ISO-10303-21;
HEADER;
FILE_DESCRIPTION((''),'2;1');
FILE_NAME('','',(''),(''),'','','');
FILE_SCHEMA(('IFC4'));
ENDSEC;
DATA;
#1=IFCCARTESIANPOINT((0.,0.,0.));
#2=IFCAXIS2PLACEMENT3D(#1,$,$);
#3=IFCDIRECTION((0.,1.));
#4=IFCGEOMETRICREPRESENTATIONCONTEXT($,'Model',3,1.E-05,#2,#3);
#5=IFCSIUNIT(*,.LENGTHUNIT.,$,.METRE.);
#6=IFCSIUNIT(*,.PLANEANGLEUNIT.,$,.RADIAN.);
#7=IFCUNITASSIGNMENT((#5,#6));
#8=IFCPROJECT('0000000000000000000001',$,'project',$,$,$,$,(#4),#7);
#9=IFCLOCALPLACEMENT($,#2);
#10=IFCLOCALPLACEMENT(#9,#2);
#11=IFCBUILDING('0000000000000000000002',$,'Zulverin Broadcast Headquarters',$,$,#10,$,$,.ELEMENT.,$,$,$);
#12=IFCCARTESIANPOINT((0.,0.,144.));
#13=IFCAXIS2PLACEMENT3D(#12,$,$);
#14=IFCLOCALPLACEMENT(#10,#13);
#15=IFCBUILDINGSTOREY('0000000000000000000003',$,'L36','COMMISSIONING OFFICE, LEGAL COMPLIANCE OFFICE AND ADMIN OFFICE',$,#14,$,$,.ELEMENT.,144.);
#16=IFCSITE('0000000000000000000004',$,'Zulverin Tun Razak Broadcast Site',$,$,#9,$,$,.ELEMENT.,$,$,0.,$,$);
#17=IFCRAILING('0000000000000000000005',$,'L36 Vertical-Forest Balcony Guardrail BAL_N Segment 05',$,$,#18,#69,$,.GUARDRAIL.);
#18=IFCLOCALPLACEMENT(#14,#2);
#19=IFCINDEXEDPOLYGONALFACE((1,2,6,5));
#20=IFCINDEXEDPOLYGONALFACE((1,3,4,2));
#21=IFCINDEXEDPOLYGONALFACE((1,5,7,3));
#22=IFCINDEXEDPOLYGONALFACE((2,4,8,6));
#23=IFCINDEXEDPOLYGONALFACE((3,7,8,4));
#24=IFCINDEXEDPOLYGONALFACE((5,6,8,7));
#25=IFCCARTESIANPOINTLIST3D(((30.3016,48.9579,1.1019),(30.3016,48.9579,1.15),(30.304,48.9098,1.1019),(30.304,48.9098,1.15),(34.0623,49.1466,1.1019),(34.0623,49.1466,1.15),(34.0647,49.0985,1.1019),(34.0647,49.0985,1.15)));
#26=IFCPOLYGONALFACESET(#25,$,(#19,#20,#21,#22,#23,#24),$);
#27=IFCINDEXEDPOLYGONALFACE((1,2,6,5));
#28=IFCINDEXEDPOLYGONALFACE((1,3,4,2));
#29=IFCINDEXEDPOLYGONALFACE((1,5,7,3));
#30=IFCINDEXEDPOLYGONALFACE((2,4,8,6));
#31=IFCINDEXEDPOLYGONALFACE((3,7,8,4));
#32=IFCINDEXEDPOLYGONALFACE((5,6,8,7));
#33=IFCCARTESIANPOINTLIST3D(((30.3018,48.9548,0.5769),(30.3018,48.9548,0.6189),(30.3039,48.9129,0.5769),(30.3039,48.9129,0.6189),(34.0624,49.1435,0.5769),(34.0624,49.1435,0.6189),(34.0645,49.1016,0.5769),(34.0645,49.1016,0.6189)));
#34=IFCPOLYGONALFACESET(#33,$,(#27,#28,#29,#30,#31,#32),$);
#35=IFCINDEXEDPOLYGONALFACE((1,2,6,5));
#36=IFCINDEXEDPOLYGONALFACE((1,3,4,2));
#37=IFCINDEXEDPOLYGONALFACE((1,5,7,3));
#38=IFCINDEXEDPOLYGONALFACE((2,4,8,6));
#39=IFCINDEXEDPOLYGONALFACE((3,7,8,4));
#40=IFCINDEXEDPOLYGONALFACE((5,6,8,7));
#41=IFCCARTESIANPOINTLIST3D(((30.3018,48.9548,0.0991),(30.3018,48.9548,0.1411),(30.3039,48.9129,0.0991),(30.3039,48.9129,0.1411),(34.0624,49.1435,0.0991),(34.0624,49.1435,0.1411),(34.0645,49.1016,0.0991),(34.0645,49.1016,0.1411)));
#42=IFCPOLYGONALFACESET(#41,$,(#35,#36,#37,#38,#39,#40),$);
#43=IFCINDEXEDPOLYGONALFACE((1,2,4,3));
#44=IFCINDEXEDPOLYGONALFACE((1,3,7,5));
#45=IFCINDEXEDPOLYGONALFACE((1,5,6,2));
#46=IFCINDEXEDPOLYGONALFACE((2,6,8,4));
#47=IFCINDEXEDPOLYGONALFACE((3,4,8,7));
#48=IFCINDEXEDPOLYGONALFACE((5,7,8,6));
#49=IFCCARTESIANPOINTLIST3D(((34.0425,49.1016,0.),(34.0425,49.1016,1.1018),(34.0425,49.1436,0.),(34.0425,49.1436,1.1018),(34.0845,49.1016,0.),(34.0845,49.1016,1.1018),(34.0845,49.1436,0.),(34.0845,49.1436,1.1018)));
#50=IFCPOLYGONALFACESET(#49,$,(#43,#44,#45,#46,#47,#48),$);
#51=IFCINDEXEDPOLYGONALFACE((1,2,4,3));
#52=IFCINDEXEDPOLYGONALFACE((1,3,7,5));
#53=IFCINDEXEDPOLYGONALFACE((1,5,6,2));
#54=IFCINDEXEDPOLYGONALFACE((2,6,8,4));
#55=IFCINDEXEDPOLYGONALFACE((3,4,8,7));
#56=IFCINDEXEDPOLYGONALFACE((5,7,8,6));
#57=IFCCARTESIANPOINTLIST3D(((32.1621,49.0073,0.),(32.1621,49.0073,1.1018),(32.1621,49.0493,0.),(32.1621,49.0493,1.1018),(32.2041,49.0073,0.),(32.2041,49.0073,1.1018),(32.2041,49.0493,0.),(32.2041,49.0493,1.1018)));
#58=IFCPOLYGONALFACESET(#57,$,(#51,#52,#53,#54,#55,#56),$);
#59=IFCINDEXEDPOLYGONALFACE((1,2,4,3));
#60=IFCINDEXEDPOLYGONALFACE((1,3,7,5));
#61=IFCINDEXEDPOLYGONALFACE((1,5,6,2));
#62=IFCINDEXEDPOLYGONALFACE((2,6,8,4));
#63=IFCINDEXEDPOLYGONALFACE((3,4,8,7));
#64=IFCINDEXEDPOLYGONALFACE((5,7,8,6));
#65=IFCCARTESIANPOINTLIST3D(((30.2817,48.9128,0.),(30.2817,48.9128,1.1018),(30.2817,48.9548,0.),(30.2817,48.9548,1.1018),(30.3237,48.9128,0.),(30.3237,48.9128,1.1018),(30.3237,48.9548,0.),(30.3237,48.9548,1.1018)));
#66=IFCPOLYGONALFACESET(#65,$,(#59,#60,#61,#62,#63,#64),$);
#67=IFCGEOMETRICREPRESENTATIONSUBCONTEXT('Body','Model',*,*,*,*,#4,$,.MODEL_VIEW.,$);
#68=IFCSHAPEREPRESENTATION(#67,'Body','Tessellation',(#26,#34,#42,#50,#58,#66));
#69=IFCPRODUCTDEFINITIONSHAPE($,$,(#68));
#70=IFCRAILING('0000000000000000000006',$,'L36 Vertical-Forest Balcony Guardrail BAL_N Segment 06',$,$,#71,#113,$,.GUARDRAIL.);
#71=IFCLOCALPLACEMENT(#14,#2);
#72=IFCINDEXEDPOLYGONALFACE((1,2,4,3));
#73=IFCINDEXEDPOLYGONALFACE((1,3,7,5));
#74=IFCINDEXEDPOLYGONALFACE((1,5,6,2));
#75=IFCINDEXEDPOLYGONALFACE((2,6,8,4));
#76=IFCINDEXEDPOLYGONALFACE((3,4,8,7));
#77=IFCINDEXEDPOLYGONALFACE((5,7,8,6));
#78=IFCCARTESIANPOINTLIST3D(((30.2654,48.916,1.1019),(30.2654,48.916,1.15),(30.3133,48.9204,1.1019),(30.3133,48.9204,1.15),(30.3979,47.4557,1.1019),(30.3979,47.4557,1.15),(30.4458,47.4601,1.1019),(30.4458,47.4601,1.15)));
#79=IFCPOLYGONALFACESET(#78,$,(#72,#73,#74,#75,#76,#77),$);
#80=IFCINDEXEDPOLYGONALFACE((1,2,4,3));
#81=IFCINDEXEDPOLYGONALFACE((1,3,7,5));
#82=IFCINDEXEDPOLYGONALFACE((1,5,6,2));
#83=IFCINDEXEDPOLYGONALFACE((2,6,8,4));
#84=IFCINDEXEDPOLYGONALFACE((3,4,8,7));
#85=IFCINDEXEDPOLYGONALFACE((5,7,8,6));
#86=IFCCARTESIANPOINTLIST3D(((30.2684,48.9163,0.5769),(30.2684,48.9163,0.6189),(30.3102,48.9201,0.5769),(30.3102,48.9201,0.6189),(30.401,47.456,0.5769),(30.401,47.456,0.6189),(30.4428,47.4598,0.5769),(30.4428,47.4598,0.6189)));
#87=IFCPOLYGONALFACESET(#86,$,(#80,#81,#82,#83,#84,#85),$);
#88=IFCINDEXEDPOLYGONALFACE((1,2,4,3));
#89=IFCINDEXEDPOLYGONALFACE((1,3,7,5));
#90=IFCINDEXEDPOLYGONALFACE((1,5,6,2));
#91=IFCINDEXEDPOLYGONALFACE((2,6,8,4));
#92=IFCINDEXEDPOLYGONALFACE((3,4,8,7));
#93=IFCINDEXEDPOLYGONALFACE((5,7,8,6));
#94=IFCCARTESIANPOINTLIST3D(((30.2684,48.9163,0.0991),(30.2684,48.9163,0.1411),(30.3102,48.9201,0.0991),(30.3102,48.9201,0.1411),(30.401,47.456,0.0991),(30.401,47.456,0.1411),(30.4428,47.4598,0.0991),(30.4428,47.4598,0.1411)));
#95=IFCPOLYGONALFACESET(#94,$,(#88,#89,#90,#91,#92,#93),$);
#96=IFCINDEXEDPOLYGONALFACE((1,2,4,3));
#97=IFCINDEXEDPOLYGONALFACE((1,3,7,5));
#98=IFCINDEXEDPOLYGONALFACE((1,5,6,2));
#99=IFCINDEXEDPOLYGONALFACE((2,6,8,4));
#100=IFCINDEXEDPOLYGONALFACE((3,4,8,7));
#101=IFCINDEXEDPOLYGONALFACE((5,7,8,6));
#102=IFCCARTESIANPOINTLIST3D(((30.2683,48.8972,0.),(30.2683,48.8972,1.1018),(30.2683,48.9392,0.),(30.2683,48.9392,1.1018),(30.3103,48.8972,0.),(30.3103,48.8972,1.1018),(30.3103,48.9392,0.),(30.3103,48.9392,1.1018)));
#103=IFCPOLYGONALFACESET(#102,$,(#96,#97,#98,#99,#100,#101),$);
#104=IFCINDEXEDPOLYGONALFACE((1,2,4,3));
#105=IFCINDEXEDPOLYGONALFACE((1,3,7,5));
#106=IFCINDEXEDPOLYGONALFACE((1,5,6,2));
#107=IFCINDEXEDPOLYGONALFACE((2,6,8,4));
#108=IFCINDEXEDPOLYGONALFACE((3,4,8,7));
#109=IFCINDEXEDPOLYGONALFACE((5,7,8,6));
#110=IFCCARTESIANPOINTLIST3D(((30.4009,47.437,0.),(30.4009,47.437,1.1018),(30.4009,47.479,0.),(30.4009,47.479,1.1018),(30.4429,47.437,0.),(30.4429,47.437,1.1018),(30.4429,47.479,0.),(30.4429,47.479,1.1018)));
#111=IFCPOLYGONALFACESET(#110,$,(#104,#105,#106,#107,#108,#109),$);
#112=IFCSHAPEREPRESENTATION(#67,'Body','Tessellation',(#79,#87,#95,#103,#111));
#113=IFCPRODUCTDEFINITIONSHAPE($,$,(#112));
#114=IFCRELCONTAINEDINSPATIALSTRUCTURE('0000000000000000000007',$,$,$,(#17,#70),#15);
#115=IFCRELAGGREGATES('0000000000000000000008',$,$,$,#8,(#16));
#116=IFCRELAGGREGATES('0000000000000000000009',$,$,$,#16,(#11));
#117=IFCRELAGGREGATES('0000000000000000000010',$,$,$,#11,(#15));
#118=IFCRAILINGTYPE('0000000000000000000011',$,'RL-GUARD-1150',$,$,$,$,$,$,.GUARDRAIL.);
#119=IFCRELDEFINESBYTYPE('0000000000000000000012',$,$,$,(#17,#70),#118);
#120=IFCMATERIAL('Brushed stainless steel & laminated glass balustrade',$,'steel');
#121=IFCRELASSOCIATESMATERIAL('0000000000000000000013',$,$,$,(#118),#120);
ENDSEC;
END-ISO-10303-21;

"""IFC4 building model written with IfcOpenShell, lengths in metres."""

from ifc_helpers import new_model, si_unit, direction, frame, origin, origin_2d, place, context, subcontext, project, spatial, rectangle, extrude, material, type_object, element, save


model = new_model("IFC4")

# Units and contexts
model_context = context("Model", 3, precision=1e-05, world=origin(), true_north=direction((0.0, 1.0)))
body_context = subcontext(model_context, "Body", "Model", "MODEL_VIEW")
ifc_project = project(units=[si_unit("LENGTHUNIT", "METRE"), si_unit("PLANEANGLEUNIT", "RADIAN")], contexts=[model_context])

# Site, building, storey
site_placement = place(None, origin())
site = spatial("IfcSite", under=ifc_project, at=site_placement, Name="Zulverin Tun Razak Broadcast Site", CompositionType="ELEMENT", RefElevation=0.0)
building_placement = place(site_placement, origin())
building = spatial("IfcBuilding", under=site, at=building_placement, Name="Zulverin Broadcast Headquarters", CompositionType="ELEMENT")
storey_placement = place(building_placement, frame((0.0, 0.0, 144.0)))
storey = spatial("IfcBuildingStorey", under=building, at=storey_placement, Name="L36", Description="COMMISSIONING OFFICE, LEGAL COMPLIANCE OFFICE AND ADMIN OFFICE", CompositionType="ELEMENT", Elevation=144.0)

# Railings
ifc_material_1 = material(Name="Brushed stainless steel & laminated glass balustrade", Category="steel")
railing_type = type_object("IfcRailingType", Name="RL-GUARD-1150", PredefinedType="GUARDRAIL", material=ifc_material_1)
railing_1_placement = place(storey_placement, frame((34.0635, 49.1226, 0.0)))
element("IfcRailing", 1, at=railing_1_placement, inside=storey, type_object=railing_type, Name="L36 Vertical-Forest Balcony Guardrail BAL_N Segment 05", PredefinedType="GUARDRAIL", context=body_context, shape_type="SweptSolid", body=[
    extrude(rectangle(XDim=0.0481, YDim=0.0481, at=origin_2d()), frame((0.0, 0.0, 1.126), z_axis=(-0.998743, -0.050119, 0.0), x_axis=(0.050119, -0.998743, 0.0)), (0.0, 0.0, 1.0), 3.7654),
    extrude(rectangle(XDim=0.042, YDim=0.042, at=origin_2d()), frame((0.0, 0.0, 0.5979), z_axis=(-0.998743, -0.050119, 0.0), x_axis=(0.050119, -0.998743, 0.0)), (0.0, 0.0, 1.0), 3.7654),
    extrude(rectangle(XDim=0.042, YDim=0.042, at=origin_2d()), frame((0.0, 0.0, 0.1201), z_axis=(-0.998743, -0.050119, 0.0), x_axis=(0.050119, -0.998743, 0.0)), (0.0, 0.0, 1.0), 3.7654),
    extrude(rectangle(XDim=0.042, YDim=0.042, at=origin_2d()), origin(), (0.0, 0.0, 1.0), 1.1018),
    extrude(rectangle(XDim=0.042, YDim=0.042, at=origin_2d()), frame((-1.8804, -0.0942, 0.0)), (0.0, 0.0, 1.0), 1.1018),
    extrude(rectangle(XDim=0.042, YDim=0.042, at=origin_2d()), frame((-3.7607, -0.1887, 0.0)), (0.0, 0.0, 1.0), 1.1018),
])
railing_2_placement = place(storey_placement, frame((30.2893, 48.9182, 0.0)))
element("IfcRailing", 2, at=railing_2_placement, inside=storey, type_object=railing_type, Name="L36 Vertical-Forest Balcony Guardrail BAL_N Segment 06", PredefinedType="GUARDRAIL", context=body_context, shape_type="SweptSolid", body=[
    extrude(rectangle(XDim=0.0481, YDim=0.0481, at=origin_2d()), frame((0.0, 0.0, 1.126), z_axis=(0.090416, -0.995904, 0.0), x_axis=(0.995904, 0.090416, 0.0)), (0.0, 0.0, 1.0), 1.4663),
    extrude(rectangle(XDim=0.042, YDim=0.042, at=origin_2d()), frame((0.0, 0.0, 0.5979), z_axis=(0.090416, -0.995904, 0.0), x_axis=(0.995904, 0.090416, 0.0)), (0.0, 0.0, 1.0), 1.4663),
    extrude(rectangle(XDim=0.042, YDim=0.042, at=origin_2d()), frame((0.0, 0.0, 0.1201), z_axis=(0.090416, -0.995904, 0.0), x_axis=(0.995904, 0.090416, 0.0)), (0.0, 0.0, 1.0), 1.4663),
    extrude(rectangle(XDim=0.042, YDim=0.042, at=origin_2d()), origin(), (0.0, 0.0, 1.0), 1.1018),
    extrude(rectangle(XDim=0.042, YDim=0.042, at=origin_2d()), frame((0.1326, -1.4602, 0.0)), (0.0, 0.0, 1.0), 1.1018),
])

save(model, "model.ifc")
